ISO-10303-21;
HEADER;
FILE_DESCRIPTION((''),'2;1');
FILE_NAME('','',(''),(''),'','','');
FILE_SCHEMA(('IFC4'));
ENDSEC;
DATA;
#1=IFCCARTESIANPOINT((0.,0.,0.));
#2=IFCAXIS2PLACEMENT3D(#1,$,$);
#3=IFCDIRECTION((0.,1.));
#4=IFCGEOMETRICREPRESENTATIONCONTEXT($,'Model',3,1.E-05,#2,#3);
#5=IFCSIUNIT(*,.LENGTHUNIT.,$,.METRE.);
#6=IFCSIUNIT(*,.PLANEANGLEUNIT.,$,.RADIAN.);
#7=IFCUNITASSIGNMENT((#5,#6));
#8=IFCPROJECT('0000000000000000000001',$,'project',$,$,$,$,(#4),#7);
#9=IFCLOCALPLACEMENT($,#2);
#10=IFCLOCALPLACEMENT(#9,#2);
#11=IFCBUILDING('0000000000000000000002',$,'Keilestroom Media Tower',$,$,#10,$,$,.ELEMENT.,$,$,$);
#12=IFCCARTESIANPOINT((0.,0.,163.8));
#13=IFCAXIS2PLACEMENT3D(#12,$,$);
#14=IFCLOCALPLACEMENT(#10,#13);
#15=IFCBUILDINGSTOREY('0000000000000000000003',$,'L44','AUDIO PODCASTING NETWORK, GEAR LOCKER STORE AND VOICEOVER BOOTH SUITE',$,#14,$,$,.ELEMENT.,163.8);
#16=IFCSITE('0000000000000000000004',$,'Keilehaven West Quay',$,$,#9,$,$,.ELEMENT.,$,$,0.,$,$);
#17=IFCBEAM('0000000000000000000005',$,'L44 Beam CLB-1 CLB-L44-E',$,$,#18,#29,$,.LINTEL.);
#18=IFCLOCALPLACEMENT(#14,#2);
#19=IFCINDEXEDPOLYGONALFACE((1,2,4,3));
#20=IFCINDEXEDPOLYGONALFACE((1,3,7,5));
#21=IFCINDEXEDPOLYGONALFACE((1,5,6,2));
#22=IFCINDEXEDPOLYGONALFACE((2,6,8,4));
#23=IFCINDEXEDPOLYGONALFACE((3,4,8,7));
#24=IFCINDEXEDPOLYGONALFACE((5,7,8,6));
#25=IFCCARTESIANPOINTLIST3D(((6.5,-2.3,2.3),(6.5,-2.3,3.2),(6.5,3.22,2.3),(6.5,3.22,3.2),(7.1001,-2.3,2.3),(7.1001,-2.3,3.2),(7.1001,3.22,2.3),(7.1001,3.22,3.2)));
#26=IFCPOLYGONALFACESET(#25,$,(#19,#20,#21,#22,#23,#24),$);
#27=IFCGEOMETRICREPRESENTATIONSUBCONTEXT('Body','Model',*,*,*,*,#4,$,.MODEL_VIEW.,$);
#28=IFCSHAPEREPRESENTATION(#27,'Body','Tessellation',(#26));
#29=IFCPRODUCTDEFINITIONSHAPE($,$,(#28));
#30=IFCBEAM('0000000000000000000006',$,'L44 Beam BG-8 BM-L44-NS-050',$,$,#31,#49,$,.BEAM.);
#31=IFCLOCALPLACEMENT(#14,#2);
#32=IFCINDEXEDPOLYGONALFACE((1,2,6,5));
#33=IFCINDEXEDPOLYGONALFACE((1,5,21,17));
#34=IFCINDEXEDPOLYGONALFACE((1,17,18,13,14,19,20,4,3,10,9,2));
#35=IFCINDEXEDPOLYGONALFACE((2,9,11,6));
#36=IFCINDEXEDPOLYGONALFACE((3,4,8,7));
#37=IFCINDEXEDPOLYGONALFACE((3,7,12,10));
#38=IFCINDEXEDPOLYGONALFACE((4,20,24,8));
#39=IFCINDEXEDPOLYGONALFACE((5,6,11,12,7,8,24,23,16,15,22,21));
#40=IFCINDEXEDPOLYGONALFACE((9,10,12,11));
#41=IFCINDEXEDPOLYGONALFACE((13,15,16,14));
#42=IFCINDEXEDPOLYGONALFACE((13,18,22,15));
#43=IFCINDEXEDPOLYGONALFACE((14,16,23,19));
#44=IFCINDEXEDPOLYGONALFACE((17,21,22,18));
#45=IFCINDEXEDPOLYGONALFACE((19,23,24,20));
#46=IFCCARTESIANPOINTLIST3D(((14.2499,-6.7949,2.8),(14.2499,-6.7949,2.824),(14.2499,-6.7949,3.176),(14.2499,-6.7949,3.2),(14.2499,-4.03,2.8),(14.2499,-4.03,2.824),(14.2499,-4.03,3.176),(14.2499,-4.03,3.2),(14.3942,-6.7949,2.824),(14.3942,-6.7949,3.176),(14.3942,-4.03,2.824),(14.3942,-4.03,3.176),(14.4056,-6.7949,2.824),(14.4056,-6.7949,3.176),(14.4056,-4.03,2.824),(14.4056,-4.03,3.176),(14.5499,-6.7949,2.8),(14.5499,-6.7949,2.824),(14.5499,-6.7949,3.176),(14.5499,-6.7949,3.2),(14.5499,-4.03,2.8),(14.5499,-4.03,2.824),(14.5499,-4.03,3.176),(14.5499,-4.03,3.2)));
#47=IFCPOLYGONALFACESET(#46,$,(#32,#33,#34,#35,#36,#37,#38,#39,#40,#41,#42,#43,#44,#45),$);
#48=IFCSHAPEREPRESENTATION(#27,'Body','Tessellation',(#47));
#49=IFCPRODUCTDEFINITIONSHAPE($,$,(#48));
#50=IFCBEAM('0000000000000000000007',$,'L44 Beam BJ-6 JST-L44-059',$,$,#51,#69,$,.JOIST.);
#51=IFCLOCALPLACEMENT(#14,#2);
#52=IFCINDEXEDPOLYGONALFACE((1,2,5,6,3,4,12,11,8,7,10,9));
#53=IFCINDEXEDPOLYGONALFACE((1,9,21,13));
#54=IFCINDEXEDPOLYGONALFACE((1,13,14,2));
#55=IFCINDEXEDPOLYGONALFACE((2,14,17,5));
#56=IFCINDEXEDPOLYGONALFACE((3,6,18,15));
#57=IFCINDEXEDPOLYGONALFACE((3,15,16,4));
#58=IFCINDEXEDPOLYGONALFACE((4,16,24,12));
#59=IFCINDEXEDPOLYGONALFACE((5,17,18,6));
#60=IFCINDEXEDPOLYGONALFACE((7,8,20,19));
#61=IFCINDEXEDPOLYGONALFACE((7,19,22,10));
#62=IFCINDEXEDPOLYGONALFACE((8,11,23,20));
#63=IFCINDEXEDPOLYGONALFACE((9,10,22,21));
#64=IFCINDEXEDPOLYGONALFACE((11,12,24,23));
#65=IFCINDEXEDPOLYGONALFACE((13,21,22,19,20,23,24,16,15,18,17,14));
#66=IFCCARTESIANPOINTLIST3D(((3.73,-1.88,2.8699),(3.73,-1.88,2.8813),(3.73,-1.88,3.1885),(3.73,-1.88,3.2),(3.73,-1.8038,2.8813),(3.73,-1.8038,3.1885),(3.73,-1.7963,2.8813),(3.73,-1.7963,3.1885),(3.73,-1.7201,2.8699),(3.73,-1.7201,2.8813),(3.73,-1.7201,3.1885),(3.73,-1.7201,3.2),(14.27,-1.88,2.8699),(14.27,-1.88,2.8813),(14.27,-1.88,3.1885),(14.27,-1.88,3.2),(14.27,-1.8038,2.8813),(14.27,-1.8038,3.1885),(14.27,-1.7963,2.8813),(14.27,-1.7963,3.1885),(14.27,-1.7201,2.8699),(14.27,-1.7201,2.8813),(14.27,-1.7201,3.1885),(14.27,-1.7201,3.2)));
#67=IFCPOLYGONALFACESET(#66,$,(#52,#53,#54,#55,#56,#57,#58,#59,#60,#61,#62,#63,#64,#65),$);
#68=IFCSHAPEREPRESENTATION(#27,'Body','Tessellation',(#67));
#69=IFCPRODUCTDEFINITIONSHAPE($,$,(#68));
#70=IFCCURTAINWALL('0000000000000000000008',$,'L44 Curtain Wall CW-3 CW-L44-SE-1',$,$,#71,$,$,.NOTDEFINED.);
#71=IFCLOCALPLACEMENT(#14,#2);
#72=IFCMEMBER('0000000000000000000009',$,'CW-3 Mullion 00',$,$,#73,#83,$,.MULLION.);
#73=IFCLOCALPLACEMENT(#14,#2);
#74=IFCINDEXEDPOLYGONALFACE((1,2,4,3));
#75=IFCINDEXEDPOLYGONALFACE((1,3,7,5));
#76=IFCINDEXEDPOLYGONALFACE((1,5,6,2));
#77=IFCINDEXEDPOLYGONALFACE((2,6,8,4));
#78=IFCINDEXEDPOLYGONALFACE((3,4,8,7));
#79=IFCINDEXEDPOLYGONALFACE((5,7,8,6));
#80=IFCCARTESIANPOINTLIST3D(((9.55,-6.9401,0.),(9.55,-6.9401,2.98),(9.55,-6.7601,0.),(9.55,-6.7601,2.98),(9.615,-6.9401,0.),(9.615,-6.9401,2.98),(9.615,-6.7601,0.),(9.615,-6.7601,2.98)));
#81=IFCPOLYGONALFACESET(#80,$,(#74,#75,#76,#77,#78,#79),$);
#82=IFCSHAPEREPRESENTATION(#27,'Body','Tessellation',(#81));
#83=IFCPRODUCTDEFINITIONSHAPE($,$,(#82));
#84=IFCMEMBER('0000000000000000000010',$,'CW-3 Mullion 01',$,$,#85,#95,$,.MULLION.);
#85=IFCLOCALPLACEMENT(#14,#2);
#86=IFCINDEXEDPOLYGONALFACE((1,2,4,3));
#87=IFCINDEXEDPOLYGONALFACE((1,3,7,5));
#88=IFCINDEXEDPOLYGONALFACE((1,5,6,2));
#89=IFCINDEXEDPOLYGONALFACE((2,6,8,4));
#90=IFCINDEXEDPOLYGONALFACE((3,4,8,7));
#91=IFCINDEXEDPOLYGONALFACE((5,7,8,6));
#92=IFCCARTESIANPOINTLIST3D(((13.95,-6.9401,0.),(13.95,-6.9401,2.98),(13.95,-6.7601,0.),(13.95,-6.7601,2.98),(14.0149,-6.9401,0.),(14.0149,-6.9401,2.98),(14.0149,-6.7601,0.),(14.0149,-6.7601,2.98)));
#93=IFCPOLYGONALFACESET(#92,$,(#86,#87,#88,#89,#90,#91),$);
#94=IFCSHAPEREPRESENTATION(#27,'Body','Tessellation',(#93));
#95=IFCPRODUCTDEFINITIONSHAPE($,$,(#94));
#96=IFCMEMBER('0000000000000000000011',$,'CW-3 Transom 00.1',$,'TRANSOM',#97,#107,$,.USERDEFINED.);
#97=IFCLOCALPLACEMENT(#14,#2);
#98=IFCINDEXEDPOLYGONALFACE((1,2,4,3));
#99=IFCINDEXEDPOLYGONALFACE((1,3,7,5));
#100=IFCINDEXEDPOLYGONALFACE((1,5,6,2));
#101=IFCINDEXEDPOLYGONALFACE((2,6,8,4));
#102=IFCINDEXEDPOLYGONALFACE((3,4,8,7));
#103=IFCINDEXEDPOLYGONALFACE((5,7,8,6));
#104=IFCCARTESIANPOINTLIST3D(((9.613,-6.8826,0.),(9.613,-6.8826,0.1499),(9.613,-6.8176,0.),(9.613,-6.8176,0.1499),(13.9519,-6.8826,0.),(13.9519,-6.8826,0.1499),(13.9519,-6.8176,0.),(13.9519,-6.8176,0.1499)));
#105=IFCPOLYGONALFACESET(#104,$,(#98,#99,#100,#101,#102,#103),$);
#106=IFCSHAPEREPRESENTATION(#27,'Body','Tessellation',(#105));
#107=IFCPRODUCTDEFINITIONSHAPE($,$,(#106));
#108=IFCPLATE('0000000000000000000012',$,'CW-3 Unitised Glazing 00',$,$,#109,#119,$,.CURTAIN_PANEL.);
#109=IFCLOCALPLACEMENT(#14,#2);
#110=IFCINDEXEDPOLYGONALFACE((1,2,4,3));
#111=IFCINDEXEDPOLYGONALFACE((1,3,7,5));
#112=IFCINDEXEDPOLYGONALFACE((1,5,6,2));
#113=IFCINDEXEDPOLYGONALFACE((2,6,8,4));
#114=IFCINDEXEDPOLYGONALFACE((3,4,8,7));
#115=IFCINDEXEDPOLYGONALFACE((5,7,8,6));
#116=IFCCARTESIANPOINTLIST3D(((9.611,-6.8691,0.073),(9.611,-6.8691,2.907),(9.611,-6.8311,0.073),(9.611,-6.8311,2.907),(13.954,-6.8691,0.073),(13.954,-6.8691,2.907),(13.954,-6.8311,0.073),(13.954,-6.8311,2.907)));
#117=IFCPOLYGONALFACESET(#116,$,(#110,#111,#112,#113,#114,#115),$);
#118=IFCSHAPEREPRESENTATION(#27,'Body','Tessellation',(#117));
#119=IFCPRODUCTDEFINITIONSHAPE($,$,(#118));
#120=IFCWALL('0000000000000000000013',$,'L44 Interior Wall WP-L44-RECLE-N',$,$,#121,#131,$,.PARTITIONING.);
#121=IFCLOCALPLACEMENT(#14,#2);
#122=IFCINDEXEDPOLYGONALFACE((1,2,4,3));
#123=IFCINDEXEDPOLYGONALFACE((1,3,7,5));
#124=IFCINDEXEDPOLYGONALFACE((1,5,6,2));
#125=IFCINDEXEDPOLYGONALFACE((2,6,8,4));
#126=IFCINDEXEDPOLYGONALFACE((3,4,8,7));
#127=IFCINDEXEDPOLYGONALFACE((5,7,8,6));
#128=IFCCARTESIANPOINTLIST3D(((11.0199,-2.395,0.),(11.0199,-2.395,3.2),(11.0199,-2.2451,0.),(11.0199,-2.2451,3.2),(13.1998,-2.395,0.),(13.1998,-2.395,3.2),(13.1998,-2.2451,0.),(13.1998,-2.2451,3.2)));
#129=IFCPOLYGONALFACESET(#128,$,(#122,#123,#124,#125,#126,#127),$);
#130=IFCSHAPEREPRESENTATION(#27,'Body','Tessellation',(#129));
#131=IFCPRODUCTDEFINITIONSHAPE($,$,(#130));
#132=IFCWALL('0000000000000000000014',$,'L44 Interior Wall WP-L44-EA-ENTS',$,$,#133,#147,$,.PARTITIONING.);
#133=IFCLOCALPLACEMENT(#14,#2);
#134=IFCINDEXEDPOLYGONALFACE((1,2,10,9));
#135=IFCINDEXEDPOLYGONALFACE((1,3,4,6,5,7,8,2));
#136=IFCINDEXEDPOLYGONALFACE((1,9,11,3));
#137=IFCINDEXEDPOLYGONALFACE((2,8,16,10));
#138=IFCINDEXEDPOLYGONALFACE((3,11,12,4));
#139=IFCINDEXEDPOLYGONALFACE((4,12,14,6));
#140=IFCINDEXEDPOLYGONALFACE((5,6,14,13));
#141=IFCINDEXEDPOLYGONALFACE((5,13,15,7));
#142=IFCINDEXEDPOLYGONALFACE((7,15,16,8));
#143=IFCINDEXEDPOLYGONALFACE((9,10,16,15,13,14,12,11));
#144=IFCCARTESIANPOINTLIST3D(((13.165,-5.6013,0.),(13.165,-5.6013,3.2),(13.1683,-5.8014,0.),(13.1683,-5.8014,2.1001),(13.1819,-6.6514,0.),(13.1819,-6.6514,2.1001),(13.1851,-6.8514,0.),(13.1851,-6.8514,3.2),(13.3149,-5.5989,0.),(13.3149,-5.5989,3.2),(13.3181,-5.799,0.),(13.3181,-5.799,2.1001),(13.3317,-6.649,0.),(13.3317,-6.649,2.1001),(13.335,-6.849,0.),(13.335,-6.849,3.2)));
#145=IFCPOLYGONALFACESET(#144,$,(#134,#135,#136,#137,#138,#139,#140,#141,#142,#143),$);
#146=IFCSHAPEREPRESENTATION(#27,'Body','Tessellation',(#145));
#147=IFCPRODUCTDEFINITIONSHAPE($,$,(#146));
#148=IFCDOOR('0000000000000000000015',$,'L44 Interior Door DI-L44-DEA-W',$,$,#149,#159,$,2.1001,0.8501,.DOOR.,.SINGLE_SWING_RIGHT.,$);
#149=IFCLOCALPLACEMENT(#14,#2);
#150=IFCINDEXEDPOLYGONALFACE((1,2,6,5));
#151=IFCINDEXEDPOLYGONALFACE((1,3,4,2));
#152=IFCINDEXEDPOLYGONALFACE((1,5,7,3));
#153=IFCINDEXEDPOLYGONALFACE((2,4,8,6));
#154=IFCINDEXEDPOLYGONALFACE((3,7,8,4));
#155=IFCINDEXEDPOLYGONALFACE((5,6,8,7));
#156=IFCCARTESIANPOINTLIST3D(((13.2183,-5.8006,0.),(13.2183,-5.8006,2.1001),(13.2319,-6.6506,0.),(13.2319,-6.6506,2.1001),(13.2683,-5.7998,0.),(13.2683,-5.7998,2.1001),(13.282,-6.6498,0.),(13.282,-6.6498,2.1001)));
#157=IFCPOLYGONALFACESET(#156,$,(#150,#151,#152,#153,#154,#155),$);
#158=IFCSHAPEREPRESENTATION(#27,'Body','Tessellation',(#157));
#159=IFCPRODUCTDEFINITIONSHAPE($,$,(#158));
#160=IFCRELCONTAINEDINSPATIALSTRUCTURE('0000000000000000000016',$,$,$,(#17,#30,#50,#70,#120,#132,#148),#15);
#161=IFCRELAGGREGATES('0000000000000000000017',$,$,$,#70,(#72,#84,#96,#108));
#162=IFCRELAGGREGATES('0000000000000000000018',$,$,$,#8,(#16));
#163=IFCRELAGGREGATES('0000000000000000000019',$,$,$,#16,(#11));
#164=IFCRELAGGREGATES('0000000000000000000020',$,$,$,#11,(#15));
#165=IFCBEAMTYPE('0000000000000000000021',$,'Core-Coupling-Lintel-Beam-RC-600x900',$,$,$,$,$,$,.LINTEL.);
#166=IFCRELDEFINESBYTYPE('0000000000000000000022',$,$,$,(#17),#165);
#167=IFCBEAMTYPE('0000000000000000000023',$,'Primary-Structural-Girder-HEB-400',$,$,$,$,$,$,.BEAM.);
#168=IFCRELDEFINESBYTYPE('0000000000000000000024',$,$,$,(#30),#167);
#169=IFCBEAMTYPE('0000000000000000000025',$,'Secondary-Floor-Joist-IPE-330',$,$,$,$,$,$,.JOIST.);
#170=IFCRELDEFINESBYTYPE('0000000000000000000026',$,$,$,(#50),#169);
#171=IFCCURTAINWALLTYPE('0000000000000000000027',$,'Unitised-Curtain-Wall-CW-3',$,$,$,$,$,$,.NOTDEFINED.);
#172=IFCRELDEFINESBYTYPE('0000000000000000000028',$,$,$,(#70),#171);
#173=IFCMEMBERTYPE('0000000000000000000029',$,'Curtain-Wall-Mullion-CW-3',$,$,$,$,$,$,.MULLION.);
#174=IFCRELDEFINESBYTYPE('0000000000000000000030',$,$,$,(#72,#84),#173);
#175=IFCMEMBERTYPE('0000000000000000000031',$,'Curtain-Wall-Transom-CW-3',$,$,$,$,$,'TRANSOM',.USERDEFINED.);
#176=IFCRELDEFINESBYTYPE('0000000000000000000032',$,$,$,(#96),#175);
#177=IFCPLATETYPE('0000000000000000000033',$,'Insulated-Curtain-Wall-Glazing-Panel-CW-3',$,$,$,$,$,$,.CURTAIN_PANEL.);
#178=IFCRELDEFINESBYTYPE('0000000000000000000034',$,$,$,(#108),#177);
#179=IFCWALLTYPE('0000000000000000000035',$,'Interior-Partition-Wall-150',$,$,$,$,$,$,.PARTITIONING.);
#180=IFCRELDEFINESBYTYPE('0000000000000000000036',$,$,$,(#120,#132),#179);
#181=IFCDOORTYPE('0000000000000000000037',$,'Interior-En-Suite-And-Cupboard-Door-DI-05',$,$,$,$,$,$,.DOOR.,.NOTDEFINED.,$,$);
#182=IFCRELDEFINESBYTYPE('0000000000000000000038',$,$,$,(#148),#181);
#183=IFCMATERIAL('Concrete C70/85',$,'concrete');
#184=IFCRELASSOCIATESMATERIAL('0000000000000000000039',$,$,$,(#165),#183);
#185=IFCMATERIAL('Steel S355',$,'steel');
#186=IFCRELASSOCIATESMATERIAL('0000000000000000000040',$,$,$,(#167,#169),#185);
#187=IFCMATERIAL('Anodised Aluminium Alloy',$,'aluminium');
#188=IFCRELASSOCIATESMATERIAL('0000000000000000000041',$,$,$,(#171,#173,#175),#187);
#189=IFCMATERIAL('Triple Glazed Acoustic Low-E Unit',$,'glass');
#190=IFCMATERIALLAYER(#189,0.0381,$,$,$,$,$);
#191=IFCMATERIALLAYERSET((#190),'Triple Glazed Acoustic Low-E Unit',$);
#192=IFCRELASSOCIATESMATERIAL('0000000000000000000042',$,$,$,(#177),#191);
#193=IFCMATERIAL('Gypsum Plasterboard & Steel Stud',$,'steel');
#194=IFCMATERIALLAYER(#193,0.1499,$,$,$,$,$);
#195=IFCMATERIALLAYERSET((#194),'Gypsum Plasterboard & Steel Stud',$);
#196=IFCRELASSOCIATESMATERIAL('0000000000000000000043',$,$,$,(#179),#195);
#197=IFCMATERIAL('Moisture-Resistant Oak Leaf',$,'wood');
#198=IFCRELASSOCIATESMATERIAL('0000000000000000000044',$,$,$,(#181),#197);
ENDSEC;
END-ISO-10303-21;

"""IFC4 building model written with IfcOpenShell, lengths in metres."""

from ifc_helpers import new_model, si_unit, direction, frame, frame_2d, origin, origin_2d, place, context, subcontext, project, spatial, rectangle, i_section, extrude, source, transform, mapped, material, layer, layer_set, material_profile, profile_set, type_object, element, fill, aggregate, save


model = new_model("IFC4")

# Units and contexts
model_context = context("Model", 3, precision=1e-05, world=origin(), true_north=direction((0.0, 1.0)))
body_context = subcontext(model_context, "Body", "Model", "MODEL_VIEW")
ifc_project = project(units=[si_unit("LENGTHUNIT", "METRE"), si_unit("PLANEANGLEUNIT", "RADIAN")], contexts=[model_context])

# Site, building, storey
site_placement = place(None, origin())
site = spatial("IfcSite", under=ifc_project, at=site_placement, Name="Keilehaven West Quay", CompositionType="ELEMENT", RefElevation=0.0)
building_placement = place(site_placement, origin())
building = spatial("IfcBuilding", under=site, at=building_placement, Name="Keilestroom Media Tower", CompositionType="ELEMENT")
storey_placement = place(building_placement, frame((0.0, 0.0, 163.8)))
storey = spatial("IfcBuildingStorey", under=building, at=storey_placement, Name="L44", Description="AUDIO PODCASTING NETWORK, GEAR LOCKER STORE AND VOICEOVER BOOTH SUITE", CompositionType="ELEMENT", Elevation=163.8)

# Beams
ifc_material_1 = material(Name="Concrete C70/85", Category="concrete")
ifc_material_profile_1 = material_profile(ifc_material_1, rectangle(XDim=0.6001, YDim=0.8999, at=origin_2d()), Name="RC 600x900")
ifc_profile_set_1 = profile_set([ifc_material_profile_1], Name="Concrete C70/85")
beam_type_1 = type_object("IfcBeamType", Name="Core-Coupling-Lintel-Beam-RC-600x900", PredefinedType="LINTEL", material=ifc_profile_set_1)
shared_shape_1 = source(origin(), body_context, "Body", "SweptSolid", [
    extrude(rectangle(XDim=0.6001, YDim=0.8999, at=origin_2d()), origin(), (0.0, 0.0, 1.0), 5.52),
])
beam_1_placement = place(storey_placement, frame((6.8, -2.3, 2.75), z_axis=(0.0, 1.0, 0.0), x_axis=(-1.0, 0.0, 0.0)))
element("IfcBeam", 1, at=beam_1_placement, inside=storey, type_object=beam_type_1, Name="L44 Beam CLB-1 CLB-L44-E", PredefinedType="LINTEL", context=body_context, shape_type="MappedRepresentation", body=[
    mapped(shared_shape_1, transform((0.0, 0.0, 0.0), x_axis=(1.0, 0.0, 0.0), y_axis=(0.0, 1.0, 0.0), z_axis=(0.0, 0.0, 1.0), scale=1.0)),
])
ifc_material_2 = material(Name="Steel S355", Category="steel")
ifc_material_profile_2 = material_profile(ifc_material_2, i_section(OverallWidth=0.3, OverallDepth=0.3999, WebThickness=0.0115, FlangeThickness=0.0239, at=origin_2d()), Name="HEB 400")
ifc_profile_set_2 = profile_set([ifc_material_profile_2], Name="Steel S355")
beam_type_2 = type_object("IfcBeamType", Name="Primary-Structural-Girder-HEB-400", PredefinedType="BEAM", material=ifc_profile_set_2)
shared_shape_2 = source(origin(), body_context, "Body", "SweptSolid", [
    extrude(i_section(OverallWidth=0.3, OverallDepth=0.3999, WebThickness=0.0115, FlangeThickness=0.0239, at=origin_2d()), origin(), (0.0, 0.0, 1.0), 2.7649),
])
beam_2_placement = place(storey_placement, frame((14.3999, -6.7949, 3.0), z_axis=(0.0, 1.0, 0.0), x_axis=(-1.0, 0.0, 0.0)))
element("IfcBeam", 2, at=beam_2_placement, inside=storey, type_object=beam_type_2, Name="L44 Beam BG-8 BM-L44-NS-050", PredefinedType="BEAM", context=body_context, shape_type="MappedRepresentation", body=[
    mapped(shared_shape_2, transform((0.0, 0.0, 0.0), x_axis=(1.0, 0.0, 0.0), y_axis=(0.0, 1.0, 0.0), z_axis=(0.0, 0.0, 1.0), scale=1.0)),
])
ifc_material_profile_3 = material_profile(ifc_material_2, i_section(OverallWidth=0.1599, OverallDepth=0.3301, WebThickness=0.0076, FlangeThickness=0.0115, at=origin_2d()), Name="IPE 330")
ifc_profile_set_3 = profile_set([ifc_material_profile_3], Name="Steel S355")
beam_type_3 = type_object("IfcBeamType", Name="Secondary-Floor-Joist-IPE-330", PredefinedType="JOIST", material=ifc_profile_set_3)
shared_shape_3 = source(origin(), body_context, "Body", "SweptSolid", [
    extrude(i_section(OverallWidth=0.1599, OverallDepth=0.3301, WebThickness=0.0076, FlangeThickness=0.0115, at=origin_2d()), origin(), (0.0, 0.0, 1.0), 10.54),
])
beam_3_placement = place(storey_placement, frame((3.73, -1.8, 3.0349), z_axis=(1.0, 0.0, 0.0), x_axis=(0.0, 1.0, 0.0)))
element("IfcBeam", 3, at=beam_3_placement, inside=storey, type_object=beam_type_3, Name="L44 Beam BJ-6 JST-L44-059", PredefinedType="JOIST", context=body_context, shape_type="MappedRepresentation", body=[
    mapped(shared_shape_3, transform((0.0, 0.0, 0.0), x_axis=(1.0, 0.0, 0.0), y_axis=(0.0, 1.0, 0.0), z_axis=(0.0, 0.0, 1.0), scale=1.0)),
])

# Curtain wall, members, plate
ifc_material_3 = material(Name="Anodised Aluminium Alloy", Category="aluminium")
curtain_wall_type = type_object("IfcCurtainWallType", Name="Unitised-Curtain-Wall-CW-3", PredefinedType="NOTDEFINED", material=ifc_material_3)
curtain_wall_placement = place(storey_placement, origin())
curtain_wall = element("IfcCurtainWall", 4, at=curtain_wall_placement, inside=storey, type_object=curtain_wall_type, Name="L44 Curtain Wall CW-3 CW-L44-SE-1", PredefinedType="NOTDEFINED")
ifc_material_profile_4 = material_profile(ifc_material_3, rectangle(XDim=0.0649, YDim=0.1799, at=origin_2d()), Name="ALU MULLION 65x180")
ifc_profile_set_4 = profile_set([ifc_material_profile_4], Name="Anodised Aluminium Alloy")
member_type_1 = type_object("IfcMemberType", Name="Curtain-Wall-Mullion-CW-3", PredefinedType="MULLION", material=ifc_profile_set_4)
shared_shape_4 = source(origin(), body_context, "Body", "SweptSolid", [
    extrude(rectangle(XDim=0.0649, YDim=0.1799, at=origin_2d()), origin(), (0.0, 0.0, 1.0), 2.98),
])
member_1_placement = place(storey_placement, frame((9.5825, -6.8501, 0.0), z_axis=(0.0, 0.0, 1.0), x_axis=(1.0, 0.0, 0.0)))
member_1 = element("IfcMember", 5, at=member_1_placement, type_object=member_type_1, Name="CW-3 Mullion 00", PredefinedType="MULLION", context=body_context, shape_type="MappedRepresentation", body=[
    mapped(shared_shape_4, transform((0.0, 0.0, 0.0), x_axis=(1.0, 0.0, 0.0), y_axis=(0.0, 1.0, 0.0), z_axis=(0.0, 0.0, 1.0), scale=1.0)),
])
member_2_placement = place(storey_placement, frame((13.9824, -6.8501, 0.0), z_axis=(0.0, 0.0, 1.0), x_axis=(1.0, 0.0, 0.0)))
member_2 = element("IfcMember", 6, at=member_2_placement, type_object=member_type_1, Name="CW-3 Mullion 01", PredefinedType="MULLION", context=body_context, shape_type="MappedRepresentation", body=[
    mapped(shared_shape_4, transform((0.0, 0.0, 0.0), x_axis=(1.0, 0.0, 0.0), y_axis=(0.0, 1.0, 0.0), z_axis=(0.0, 0.0, 1.0), scale=1.0)),
])
ifc_material_profile_5 = material_profile(ifc_material_3, rectangle(XDim=0.0649, YDim=0.1499, at=origin_2d()), Name="ALU TRANSOM 65x150")
ifc_profile_set_5 = profile_set([ifc_material_profile_5], Name="Anodised Aluminium Alloy")
member_type_2 = type_object("IfcMemberType", Name="Curtain-Wall-Transom-CW-3", ElementType="TRANSOM", PredefinedType="USERDEFINED", material=ifc_profile_set_5)
shared_shape_5 = source(origin(), body_context, "Body", "SweptSolid", [
    extrude(rectangle(XDim=0.0649, YDim=0.1499, at=origin_2d()), origin(), (0.0, 0.0, 1.0), 4.3389),
])
member_3_placement = place(storey_placement, frame((9.613, -6.8501, 0.075), z_axis=(1.0, 0.0, 0.0), x_axis=(0.0, 1.0, 0.0)))
member_3 = element("IfcMember", 7, at=member_3_placement, type_object=member_type_2, Name="CW-3 Transom 00.1", ObjectType="TRANSOM", PredefinedType="USERDEFINED", context=body_context, shape_type="MappedRepresentation", body=[
    mapped(shared_shape_5, transform((0.0, 0.0, 0.0), x_axis=(1.0, 0.0, 0.0), y_axis=(0.0, 1.0, 0.0), z_axis=(0.0, 0.0, 1.0), scale=1.0)),
])
ifc_material_4 = material(Name="Triple Glazed Acoustic Low-E Unit", Category="glass")
ifc_layer_1 = layer(ifc_material_4, 0.0381)
ifc_layer_set_1 = layer_set([ifc_layer_1], Name="Triple Glazed Acoustic Low-E Unit")
plate_type = type_object("IfcPlateType", Name="Insulated-Curtain-Wall-Glazing-Panel-CW-3", PredefinedType="CURTAIN_PANEL", material=ifc_layer_set_1)
shared_shape_6 = source(origin(), body_context, "Body", "SweptSolid", [
    extrude(rectangle(XDim=4.343, YDim=0.0381, at=origin_2d()), origin(), (0.0, 0.0, 1.0), 2.834),
])
plate_placement = place(storey_placement, frame((11.7825, -6.8501, 0.073), z_axis=(0.0, 0.0, 1.0), x_axis=(1.0, 0.0, 0.0)))
plate = element("IfcPlate", 8, at=plate_placement, type_object=plate_type, Name="CW-3 Unitised Glazing 00", PredefinedType="CURTAIN_PANEL", context=body_context, shape_type="MappedRepresentation", body=[
    mapped(shared_shape_6, transform((0.0, 0.0, 0.0), x_axis=(1.0, 0.0, 0.0), y_axis=(0.0, 1.0, 0.0), z_axis=(0.0, 0.0, 1.0), scale=1.0)),
])
aggregate(curtain_wall, [member_1, member_2, member_3, plate])

# Wall
ifc_material_5 = material(Name="Gypsum Plasterboard & Steel Stud", Category="steel")
ifc_layer_2 = layer(ifc_material_5, 0.1499)
ifc_layer_set_2 = layer_set([ifc_layer_2], Name="Gypsum Plasterboard & Steel Stud")
wall_type_1 = type_object("IfcWallType", Name="Interior-Partition-Wall-150", PredefinedType="PARTITIONING", material=ifc_layer_set_2)
wall_1_placement = place(storey_placement, frame((11.02, -2.3201, 0.0), z_axis=(0.0, 0.0, 1.0), x_axis=(1.0, 0.0, 0.0)))
element("IfcWall", 9, at=wall_1_placement, inside=storey, type_object=wall_type_1, Name="L44 Interior Wall WP-L44-RECLE-N", PredefinedType="PARTITIONING", context=body_context, shape_type="SweptSolid", body=[
    extrude(rectangle(XDim=2.1799, YDim=0.1499, at=frame_2d((1.0898, 0.0))), origin(), (0.0, 0.0, 1.0), 3.2),
])

# Wall, opening, door
wall_2_placement = place(storey_placement, frame((13.26, -6.8501, 0.0), z_axis=(0.0, 0.0, 1.0), x_axis=(-0.016014, 0.999872, 0.0)))
wall_2 = element("IfcWall", 10, at=wall_2_placement, inside=storey, type_object=wall_type_1, Name="L44 Interior Wall WP-L44-EA-ENTS", PredefinedType="PARTITIONING", context=body_context, shape_type="SweptSolid", body=[
    extrude(rectangle(XDim=1.2502, YDim=0.1499, at=frame_2d((0.625, 0.0))), origin(), (0.0, 0.0, 1.0), 3.2),
])
opening_1_placement = place(wall_2_placement, frame((0.2, 0.0, 0.0)))
opening_1 = element("IfcOpeningElement", 11, at=opening_1_placement, cuts=wall_2, PredefinedType="OPENING", context=body_context, shape_type="SweptSolid", body=[
    extrude(rectangle(XDim=0.8501, YDim=2.1001, at=frame_2d((0.425, 1.05))), frame((0.0, 0.085, 0.0), z_axis=(0.0, -1.0, 0.0), x_axis=(1.0, 0.0, 0.0)), (0.0, 0.0, 1.0), 0.1699),
])
ifc_material_6 = material(Name="Moisture-Resistant Oak Leaf", Category="wood")
door_type_1 = type_object("IfcDoorType", Name="Interior-En-Suite-And-Cupboard-Door-DI-05", OperationType="NOTDEFINED", PredefinedType="DOOR", material=ifc_material_6)
shared_shape_7 = source(origin(), body_context, "Body", "SweptSolid", [
    extrude(rectangle(XDim=0.8501, YDim=2.1001, at=frame_2d((0.425, 1.05))), frame((0.0, 0.0249, 0.0), z_axis=(0.0, -1.0, 0.0), x_axis=(1.0, 0.0, 0.0)), (0.0, 0.0, 1.0), 0.05),
])
door_1_placement = place(opening_1_placement, origin())
door_1 = element("IfcDoor", 12, at=door_1_placement, inside=storey, type_object=door_type_1, Name="L44 Interior Door DI-L44-DEA-W", OperationType="SINGLE_SWING_RIGHT", OverallHeight=2.1001, OverallWidth=0.8501, PredefinedType="DOOR", context=body_context, shape_type="MappedRepresentation", body=[
    mapped(shared_shape_7, transform((0.0, 0.0, 0.0), x_axis=(1.0, 0.0, 0.0), y_axis=(0.0, 1.0, 0.0), z_axis=(0.0, 0.0, 1.0), scale=1.0)),
])
fill(opening_1, door_1)

save(model, "model.ifc")
